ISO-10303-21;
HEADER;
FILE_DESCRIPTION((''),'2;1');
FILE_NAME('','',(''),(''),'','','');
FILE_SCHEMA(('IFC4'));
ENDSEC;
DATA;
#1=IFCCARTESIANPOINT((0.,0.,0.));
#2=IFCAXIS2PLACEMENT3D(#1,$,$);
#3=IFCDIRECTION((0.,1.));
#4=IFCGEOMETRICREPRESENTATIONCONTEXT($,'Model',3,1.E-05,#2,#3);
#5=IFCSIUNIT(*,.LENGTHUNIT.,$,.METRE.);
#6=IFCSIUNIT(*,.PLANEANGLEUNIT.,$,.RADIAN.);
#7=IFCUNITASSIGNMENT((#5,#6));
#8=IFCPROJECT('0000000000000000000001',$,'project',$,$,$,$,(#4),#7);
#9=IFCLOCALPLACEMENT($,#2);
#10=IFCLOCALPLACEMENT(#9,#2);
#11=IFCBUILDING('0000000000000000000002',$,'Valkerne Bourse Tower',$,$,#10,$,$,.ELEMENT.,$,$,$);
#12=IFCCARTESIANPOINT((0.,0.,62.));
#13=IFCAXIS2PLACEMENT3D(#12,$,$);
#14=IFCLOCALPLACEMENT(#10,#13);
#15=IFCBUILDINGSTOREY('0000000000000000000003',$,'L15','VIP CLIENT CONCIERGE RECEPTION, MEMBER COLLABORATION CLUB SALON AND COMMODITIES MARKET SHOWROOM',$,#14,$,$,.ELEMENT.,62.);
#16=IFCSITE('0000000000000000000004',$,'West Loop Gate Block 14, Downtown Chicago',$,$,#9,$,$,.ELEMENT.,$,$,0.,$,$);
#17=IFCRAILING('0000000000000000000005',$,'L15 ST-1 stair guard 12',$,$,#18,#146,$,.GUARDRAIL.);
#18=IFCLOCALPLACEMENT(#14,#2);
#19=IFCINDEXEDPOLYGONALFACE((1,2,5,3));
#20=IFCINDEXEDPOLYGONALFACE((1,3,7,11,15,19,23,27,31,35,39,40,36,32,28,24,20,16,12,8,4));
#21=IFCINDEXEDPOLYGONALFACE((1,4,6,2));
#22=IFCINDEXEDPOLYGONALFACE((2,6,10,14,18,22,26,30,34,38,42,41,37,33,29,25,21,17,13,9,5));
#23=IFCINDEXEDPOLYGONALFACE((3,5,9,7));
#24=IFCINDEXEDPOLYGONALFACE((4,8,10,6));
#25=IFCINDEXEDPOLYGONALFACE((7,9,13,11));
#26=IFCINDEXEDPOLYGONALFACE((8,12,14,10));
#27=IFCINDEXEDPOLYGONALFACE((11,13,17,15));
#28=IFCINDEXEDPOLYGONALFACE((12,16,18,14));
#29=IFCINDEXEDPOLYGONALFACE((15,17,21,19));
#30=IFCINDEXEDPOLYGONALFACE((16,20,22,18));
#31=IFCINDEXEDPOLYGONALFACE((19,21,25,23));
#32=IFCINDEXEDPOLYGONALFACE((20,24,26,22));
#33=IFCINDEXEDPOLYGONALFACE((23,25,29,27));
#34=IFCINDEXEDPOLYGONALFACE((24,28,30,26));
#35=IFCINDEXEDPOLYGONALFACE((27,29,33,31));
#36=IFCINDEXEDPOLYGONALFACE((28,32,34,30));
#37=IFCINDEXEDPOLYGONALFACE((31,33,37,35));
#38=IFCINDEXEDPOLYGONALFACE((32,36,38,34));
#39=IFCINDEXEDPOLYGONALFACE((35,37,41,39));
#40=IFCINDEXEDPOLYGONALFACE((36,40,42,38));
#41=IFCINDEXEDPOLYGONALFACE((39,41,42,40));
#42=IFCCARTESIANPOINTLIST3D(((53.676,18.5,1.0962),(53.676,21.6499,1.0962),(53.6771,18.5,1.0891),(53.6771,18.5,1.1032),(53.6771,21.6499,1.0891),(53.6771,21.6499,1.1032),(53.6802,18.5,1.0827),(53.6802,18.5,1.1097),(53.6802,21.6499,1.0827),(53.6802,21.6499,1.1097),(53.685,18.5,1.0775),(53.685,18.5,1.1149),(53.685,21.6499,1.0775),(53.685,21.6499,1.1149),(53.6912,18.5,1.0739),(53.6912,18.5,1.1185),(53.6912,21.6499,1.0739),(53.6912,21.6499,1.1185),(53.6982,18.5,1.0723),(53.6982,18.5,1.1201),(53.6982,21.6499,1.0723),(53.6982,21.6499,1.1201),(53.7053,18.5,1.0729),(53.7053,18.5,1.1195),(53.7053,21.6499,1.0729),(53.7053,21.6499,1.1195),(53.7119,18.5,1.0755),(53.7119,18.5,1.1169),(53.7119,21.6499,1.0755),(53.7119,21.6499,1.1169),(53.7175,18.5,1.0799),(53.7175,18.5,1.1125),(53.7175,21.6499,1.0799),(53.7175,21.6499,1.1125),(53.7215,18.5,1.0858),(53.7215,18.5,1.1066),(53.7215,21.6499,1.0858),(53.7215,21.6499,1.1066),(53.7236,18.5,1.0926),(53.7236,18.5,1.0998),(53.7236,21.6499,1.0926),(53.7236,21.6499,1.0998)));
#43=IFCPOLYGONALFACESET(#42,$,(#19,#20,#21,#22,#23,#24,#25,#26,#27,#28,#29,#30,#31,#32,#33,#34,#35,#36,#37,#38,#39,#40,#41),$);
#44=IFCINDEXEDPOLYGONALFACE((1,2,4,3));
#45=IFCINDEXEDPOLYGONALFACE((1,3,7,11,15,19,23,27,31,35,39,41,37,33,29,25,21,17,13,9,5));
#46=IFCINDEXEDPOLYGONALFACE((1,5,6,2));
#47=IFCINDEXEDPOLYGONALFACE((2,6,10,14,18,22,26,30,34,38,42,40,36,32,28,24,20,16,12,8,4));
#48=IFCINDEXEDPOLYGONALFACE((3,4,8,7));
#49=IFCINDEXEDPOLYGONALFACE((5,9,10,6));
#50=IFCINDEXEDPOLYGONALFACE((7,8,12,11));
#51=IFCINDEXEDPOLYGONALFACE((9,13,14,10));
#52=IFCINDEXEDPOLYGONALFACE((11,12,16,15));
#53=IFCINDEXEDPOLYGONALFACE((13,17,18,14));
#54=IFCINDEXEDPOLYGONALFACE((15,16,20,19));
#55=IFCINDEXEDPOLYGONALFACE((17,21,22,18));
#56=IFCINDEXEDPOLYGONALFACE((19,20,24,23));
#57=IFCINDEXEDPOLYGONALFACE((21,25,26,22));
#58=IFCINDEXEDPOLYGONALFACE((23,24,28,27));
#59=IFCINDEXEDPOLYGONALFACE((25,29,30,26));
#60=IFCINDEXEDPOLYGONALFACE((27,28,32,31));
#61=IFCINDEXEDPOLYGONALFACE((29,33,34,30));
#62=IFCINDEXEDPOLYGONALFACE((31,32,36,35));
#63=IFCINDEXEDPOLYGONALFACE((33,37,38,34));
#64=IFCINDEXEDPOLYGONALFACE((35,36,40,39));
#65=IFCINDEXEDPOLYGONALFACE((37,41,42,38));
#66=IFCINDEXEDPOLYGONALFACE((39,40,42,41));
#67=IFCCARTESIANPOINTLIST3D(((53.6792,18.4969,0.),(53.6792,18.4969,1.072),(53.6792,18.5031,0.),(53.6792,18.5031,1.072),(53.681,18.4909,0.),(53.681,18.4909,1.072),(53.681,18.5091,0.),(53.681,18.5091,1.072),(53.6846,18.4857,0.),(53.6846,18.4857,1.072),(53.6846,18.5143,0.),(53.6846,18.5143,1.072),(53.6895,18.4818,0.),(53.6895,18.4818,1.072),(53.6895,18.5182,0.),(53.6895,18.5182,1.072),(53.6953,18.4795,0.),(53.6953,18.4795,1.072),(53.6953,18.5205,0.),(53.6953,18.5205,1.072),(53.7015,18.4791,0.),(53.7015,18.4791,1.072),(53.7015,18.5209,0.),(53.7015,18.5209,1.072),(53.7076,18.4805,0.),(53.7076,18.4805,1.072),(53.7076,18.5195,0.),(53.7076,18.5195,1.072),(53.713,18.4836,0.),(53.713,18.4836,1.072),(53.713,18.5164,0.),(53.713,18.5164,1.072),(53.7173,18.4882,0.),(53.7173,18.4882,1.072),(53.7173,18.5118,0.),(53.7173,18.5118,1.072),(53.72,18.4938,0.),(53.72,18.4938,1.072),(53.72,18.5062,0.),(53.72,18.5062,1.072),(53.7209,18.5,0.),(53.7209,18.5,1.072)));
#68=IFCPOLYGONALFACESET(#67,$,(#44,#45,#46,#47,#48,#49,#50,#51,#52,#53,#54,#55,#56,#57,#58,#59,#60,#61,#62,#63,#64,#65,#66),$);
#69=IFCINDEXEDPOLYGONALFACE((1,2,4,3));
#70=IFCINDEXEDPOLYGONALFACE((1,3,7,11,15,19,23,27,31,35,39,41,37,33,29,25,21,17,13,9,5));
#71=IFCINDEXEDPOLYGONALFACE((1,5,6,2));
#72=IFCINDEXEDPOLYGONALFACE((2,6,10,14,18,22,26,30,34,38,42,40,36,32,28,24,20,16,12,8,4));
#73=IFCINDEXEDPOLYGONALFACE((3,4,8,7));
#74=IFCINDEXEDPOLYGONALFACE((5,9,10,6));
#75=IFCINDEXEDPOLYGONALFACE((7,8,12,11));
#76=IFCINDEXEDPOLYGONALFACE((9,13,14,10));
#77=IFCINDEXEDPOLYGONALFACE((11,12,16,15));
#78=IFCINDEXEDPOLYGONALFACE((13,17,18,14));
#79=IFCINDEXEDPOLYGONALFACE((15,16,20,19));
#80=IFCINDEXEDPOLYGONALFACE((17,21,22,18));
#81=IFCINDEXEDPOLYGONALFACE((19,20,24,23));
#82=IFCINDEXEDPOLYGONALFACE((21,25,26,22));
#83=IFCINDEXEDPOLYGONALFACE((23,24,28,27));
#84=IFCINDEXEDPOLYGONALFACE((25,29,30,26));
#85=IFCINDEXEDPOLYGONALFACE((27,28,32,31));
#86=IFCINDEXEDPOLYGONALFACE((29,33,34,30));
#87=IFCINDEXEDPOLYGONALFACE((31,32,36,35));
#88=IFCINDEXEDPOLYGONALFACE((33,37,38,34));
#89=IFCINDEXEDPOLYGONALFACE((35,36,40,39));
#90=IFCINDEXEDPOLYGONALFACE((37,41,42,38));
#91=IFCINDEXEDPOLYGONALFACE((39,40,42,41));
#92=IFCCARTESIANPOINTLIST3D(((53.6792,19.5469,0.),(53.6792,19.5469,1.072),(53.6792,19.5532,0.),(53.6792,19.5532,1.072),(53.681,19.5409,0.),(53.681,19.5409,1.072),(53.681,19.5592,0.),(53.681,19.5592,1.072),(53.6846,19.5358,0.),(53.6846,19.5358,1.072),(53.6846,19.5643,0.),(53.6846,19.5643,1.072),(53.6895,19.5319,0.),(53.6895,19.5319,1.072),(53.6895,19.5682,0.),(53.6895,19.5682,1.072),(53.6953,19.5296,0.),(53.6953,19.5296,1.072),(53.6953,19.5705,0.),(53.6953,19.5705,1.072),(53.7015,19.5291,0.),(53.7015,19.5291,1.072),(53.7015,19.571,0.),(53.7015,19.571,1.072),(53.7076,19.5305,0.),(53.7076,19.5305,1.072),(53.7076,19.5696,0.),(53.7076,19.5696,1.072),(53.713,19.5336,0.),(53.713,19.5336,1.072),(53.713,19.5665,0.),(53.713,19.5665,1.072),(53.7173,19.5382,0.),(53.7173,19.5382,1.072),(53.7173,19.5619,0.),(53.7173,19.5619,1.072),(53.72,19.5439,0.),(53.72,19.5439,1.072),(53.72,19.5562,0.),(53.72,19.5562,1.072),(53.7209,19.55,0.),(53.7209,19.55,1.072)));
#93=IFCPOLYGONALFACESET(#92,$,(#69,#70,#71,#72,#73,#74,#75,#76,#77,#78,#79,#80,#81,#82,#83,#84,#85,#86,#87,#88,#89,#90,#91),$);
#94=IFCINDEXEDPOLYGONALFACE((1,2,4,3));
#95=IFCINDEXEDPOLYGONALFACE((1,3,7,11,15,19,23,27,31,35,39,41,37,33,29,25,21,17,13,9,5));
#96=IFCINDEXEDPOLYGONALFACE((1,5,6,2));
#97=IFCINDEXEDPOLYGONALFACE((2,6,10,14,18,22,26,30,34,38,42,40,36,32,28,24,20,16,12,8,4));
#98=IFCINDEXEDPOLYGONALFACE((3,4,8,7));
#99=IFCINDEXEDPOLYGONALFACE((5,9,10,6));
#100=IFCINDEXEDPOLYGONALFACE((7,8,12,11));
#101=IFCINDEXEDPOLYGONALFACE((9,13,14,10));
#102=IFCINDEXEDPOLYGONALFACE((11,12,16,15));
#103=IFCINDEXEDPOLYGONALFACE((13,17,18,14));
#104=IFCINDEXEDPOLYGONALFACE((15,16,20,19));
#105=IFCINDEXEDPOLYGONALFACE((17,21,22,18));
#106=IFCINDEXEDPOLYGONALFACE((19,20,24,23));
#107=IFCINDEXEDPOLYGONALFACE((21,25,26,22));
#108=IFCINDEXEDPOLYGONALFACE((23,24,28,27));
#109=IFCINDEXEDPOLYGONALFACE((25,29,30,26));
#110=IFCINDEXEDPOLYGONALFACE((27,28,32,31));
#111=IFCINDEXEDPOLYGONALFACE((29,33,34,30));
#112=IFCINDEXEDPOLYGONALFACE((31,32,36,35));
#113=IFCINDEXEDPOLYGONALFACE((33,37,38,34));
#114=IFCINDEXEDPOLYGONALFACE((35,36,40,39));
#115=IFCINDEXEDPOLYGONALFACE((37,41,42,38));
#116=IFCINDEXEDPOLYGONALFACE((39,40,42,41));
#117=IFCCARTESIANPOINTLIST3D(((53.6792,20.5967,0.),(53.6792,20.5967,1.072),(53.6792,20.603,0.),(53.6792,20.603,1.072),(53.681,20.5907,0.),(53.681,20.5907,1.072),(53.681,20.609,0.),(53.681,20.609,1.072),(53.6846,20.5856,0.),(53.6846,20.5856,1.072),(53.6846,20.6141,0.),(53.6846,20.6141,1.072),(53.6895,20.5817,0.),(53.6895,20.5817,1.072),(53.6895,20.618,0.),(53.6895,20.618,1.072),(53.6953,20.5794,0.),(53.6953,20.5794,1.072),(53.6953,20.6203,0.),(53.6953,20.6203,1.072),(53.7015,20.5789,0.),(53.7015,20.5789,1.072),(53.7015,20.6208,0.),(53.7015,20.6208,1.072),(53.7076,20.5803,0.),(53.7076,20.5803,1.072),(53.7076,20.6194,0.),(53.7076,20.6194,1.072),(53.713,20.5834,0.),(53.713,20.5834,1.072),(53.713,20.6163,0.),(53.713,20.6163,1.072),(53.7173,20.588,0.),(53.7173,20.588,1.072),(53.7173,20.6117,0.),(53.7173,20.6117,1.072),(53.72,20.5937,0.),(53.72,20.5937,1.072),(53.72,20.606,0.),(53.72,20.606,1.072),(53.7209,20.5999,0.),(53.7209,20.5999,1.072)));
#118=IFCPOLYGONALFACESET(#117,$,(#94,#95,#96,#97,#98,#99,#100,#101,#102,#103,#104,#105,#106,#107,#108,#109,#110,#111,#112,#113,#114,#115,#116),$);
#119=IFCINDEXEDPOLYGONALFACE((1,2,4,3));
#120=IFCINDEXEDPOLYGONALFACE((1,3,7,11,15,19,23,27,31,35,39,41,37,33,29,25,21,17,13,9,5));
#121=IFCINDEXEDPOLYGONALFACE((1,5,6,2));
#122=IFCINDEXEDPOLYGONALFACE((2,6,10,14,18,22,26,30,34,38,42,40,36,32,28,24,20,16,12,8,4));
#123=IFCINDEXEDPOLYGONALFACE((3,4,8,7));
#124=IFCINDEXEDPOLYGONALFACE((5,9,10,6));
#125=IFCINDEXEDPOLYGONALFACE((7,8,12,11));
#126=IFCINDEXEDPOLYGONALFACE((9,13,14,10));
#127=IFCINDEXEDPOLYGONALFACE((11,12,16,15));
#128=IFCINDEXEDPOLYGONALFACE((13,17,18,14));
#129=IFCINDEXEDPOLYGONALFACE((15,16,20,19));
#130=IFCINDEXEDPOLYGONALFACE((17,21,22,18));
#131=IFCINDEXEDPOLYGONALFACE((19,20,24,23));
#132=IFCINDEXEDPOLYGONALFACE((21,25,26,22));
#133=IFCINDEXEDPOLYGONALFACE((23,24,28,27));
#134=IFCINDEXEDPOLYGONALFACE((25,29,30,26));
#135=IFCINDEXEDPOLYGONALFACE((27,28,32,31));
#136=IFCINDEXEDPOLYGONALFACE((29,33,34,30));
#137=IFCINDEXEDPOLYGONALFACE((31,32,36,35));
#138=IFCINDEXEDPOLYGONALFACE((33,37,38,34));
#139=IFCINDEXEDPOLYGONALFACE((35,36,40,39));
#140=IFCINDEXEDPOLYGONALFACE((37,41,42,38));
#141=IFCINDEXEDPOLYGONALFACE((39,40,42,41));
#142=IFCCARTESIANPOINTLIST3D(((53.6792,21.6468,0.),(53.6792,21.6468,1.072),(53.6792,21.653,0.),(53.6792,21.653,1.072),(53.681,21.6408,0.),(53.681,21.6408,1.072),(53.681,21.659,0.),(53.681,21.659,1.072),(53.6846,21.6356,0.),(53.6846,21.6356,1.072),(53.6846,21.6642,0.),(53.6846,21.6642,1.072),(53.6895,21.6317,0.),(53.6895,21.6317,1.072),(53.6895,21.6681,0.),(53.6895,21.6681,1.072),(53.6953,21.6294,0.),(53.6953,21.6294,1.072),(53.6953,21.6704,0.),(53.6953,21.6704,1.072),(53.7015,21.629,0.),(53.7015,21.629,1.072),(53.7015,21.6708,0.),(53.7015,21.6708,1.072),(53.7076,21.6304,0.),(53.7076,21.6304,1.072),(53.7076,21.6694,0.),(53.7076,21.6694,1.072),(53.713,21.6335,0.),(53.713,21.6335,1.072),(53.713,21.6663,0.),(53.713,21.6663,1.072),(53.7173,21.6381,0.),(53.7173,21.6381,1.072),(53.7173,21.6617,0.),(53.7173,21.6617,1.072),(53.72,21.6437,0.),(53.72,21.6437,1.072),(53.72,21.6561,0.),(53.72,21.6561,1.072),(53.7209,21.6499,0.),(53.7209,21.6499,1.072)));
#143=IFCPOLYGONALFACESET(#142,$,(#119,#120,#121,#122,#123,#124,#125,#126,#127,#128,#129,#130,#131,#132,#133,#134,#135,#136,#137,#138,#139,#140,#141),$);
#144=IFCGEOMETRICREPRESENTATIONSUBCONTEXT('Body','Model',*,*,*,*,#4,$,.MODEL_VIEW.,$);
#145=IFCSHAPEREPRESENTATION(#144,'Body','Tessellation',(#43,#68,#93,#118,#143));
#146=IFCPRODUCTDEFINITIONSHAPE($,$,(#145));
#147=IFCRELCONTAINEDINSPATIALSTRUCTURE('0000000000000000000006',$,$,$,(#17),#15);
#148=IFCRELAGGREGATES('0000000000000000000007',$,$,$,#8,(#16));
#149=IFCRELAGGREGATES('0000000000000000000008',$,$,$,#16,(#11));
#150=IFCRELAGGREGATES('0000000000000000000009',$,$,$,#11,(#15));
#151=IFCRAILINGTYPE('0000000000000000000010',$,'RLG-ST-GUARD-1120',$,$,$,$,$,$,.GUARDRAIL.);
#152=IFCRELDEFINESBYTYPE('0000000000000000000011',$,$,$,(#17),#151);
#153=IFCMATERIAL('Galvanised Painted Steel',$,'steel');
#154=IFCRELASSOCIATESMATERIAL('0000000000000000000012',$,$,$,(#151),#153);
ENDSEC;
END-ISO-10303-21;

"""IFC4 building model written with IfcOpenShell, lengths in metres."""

from ifc_helpers import new_model, si_unit, direction, frame, origin, origin_2d, place, context, subcontext, project, spatial, circle, extrude, material, type_object, element, save


model = new_model("IFC4")

# Units and contexts
model_context = context("Model", 3, precision=1e-05, world=origin(), true_north=direction((0.0, 1.0)))
body_context = subcontext(model_context, "Body", "Model", "MODEL_VIEW")
ifc_project = project(units=[si_unit("LENGTHUNIT", "METRE"), si_unit("PLANEANGLEUNIT", "RADIAN")], contexts=[model_context])

# Site, building, storey
site_placement = place(None, origin())
site = spatial("IfcSite", under=ifc_project, at=site_placement, Name="West Loop Gate Block 14, Downtown Chicago", CompositionType="ELEMENT", RefElevation=0.0)
building_placement = place(site_placement, origin())
building = spatial("IfcBuilding", under=site, at=building_placement, Name="Valkerne Bourse Tower", CompositionType="ELEMENT")
storey_placement = place(building_placement, frame((0.0, 0.0, 62.0)))
storey = spatial("IfcBuildingStorey", under=building, at=storey_placement, Name="L15", Description="VIP CLIENT CONCIERGE RECEPTION, MEMBER COLLABORATION CLUB SALON AND COMMODITIES MARKET SHOWROOM", CompositionType="ELEMENT", Elevation=62.0)

# Shared definitions
ifc_material_1 = material(Name="Galvanised Painted Steel", Category="steel")

# Railing
railing_type = type_object("IfcRailingType", Name="RLG-ST-GUARD-1120", PredefinedType="GUARDRAIL", material=ifc_material_1)
railing_1_placement = place(storey_placement, frame((53.7, 18.5, 0.0)))
element("IfcRailing", 1, at=railing_1_placement, inside=storey, type_object=railing_type, Name="L15 ST-1 stair guard 12", PredefinedType="GUARDRAIL", context=body_context, shape_type="SweptSolid", body=[
    extrude(circle(Radius=0.0239, at=origin_2d()), frame((0.0, 0.0, 1.0962), z_axis=(0.0, 1.0, 0.0), x_axis=(-1.0, 0.0, 0.0)), (0.0, 0.0, 1.0), 3.1499),
    extrude(circle(Radius=0.021, at=origin_2d()), origin(), (0.0, 0.0, 1.0), 1.072),
    extrude(circle(Radius=0.021, at=origin_2d()), frame((0.0, 1.05, 0.0)), (0.0, 0.0, 1.0), 1.072),
    extrude(circle(Radius=0.021, at=origin_2d()), frame((0.0, 2.0999, 0.0)), (0.0, 0.0, 1.0), 1.072),
    extrude(circle(Radius=0.021, at=origin_2d()), frame((0.0, 3.1499, 0.0)), (0.0, 0.0, 1.0), 1.072),
])

save(model, "model.ifc")
